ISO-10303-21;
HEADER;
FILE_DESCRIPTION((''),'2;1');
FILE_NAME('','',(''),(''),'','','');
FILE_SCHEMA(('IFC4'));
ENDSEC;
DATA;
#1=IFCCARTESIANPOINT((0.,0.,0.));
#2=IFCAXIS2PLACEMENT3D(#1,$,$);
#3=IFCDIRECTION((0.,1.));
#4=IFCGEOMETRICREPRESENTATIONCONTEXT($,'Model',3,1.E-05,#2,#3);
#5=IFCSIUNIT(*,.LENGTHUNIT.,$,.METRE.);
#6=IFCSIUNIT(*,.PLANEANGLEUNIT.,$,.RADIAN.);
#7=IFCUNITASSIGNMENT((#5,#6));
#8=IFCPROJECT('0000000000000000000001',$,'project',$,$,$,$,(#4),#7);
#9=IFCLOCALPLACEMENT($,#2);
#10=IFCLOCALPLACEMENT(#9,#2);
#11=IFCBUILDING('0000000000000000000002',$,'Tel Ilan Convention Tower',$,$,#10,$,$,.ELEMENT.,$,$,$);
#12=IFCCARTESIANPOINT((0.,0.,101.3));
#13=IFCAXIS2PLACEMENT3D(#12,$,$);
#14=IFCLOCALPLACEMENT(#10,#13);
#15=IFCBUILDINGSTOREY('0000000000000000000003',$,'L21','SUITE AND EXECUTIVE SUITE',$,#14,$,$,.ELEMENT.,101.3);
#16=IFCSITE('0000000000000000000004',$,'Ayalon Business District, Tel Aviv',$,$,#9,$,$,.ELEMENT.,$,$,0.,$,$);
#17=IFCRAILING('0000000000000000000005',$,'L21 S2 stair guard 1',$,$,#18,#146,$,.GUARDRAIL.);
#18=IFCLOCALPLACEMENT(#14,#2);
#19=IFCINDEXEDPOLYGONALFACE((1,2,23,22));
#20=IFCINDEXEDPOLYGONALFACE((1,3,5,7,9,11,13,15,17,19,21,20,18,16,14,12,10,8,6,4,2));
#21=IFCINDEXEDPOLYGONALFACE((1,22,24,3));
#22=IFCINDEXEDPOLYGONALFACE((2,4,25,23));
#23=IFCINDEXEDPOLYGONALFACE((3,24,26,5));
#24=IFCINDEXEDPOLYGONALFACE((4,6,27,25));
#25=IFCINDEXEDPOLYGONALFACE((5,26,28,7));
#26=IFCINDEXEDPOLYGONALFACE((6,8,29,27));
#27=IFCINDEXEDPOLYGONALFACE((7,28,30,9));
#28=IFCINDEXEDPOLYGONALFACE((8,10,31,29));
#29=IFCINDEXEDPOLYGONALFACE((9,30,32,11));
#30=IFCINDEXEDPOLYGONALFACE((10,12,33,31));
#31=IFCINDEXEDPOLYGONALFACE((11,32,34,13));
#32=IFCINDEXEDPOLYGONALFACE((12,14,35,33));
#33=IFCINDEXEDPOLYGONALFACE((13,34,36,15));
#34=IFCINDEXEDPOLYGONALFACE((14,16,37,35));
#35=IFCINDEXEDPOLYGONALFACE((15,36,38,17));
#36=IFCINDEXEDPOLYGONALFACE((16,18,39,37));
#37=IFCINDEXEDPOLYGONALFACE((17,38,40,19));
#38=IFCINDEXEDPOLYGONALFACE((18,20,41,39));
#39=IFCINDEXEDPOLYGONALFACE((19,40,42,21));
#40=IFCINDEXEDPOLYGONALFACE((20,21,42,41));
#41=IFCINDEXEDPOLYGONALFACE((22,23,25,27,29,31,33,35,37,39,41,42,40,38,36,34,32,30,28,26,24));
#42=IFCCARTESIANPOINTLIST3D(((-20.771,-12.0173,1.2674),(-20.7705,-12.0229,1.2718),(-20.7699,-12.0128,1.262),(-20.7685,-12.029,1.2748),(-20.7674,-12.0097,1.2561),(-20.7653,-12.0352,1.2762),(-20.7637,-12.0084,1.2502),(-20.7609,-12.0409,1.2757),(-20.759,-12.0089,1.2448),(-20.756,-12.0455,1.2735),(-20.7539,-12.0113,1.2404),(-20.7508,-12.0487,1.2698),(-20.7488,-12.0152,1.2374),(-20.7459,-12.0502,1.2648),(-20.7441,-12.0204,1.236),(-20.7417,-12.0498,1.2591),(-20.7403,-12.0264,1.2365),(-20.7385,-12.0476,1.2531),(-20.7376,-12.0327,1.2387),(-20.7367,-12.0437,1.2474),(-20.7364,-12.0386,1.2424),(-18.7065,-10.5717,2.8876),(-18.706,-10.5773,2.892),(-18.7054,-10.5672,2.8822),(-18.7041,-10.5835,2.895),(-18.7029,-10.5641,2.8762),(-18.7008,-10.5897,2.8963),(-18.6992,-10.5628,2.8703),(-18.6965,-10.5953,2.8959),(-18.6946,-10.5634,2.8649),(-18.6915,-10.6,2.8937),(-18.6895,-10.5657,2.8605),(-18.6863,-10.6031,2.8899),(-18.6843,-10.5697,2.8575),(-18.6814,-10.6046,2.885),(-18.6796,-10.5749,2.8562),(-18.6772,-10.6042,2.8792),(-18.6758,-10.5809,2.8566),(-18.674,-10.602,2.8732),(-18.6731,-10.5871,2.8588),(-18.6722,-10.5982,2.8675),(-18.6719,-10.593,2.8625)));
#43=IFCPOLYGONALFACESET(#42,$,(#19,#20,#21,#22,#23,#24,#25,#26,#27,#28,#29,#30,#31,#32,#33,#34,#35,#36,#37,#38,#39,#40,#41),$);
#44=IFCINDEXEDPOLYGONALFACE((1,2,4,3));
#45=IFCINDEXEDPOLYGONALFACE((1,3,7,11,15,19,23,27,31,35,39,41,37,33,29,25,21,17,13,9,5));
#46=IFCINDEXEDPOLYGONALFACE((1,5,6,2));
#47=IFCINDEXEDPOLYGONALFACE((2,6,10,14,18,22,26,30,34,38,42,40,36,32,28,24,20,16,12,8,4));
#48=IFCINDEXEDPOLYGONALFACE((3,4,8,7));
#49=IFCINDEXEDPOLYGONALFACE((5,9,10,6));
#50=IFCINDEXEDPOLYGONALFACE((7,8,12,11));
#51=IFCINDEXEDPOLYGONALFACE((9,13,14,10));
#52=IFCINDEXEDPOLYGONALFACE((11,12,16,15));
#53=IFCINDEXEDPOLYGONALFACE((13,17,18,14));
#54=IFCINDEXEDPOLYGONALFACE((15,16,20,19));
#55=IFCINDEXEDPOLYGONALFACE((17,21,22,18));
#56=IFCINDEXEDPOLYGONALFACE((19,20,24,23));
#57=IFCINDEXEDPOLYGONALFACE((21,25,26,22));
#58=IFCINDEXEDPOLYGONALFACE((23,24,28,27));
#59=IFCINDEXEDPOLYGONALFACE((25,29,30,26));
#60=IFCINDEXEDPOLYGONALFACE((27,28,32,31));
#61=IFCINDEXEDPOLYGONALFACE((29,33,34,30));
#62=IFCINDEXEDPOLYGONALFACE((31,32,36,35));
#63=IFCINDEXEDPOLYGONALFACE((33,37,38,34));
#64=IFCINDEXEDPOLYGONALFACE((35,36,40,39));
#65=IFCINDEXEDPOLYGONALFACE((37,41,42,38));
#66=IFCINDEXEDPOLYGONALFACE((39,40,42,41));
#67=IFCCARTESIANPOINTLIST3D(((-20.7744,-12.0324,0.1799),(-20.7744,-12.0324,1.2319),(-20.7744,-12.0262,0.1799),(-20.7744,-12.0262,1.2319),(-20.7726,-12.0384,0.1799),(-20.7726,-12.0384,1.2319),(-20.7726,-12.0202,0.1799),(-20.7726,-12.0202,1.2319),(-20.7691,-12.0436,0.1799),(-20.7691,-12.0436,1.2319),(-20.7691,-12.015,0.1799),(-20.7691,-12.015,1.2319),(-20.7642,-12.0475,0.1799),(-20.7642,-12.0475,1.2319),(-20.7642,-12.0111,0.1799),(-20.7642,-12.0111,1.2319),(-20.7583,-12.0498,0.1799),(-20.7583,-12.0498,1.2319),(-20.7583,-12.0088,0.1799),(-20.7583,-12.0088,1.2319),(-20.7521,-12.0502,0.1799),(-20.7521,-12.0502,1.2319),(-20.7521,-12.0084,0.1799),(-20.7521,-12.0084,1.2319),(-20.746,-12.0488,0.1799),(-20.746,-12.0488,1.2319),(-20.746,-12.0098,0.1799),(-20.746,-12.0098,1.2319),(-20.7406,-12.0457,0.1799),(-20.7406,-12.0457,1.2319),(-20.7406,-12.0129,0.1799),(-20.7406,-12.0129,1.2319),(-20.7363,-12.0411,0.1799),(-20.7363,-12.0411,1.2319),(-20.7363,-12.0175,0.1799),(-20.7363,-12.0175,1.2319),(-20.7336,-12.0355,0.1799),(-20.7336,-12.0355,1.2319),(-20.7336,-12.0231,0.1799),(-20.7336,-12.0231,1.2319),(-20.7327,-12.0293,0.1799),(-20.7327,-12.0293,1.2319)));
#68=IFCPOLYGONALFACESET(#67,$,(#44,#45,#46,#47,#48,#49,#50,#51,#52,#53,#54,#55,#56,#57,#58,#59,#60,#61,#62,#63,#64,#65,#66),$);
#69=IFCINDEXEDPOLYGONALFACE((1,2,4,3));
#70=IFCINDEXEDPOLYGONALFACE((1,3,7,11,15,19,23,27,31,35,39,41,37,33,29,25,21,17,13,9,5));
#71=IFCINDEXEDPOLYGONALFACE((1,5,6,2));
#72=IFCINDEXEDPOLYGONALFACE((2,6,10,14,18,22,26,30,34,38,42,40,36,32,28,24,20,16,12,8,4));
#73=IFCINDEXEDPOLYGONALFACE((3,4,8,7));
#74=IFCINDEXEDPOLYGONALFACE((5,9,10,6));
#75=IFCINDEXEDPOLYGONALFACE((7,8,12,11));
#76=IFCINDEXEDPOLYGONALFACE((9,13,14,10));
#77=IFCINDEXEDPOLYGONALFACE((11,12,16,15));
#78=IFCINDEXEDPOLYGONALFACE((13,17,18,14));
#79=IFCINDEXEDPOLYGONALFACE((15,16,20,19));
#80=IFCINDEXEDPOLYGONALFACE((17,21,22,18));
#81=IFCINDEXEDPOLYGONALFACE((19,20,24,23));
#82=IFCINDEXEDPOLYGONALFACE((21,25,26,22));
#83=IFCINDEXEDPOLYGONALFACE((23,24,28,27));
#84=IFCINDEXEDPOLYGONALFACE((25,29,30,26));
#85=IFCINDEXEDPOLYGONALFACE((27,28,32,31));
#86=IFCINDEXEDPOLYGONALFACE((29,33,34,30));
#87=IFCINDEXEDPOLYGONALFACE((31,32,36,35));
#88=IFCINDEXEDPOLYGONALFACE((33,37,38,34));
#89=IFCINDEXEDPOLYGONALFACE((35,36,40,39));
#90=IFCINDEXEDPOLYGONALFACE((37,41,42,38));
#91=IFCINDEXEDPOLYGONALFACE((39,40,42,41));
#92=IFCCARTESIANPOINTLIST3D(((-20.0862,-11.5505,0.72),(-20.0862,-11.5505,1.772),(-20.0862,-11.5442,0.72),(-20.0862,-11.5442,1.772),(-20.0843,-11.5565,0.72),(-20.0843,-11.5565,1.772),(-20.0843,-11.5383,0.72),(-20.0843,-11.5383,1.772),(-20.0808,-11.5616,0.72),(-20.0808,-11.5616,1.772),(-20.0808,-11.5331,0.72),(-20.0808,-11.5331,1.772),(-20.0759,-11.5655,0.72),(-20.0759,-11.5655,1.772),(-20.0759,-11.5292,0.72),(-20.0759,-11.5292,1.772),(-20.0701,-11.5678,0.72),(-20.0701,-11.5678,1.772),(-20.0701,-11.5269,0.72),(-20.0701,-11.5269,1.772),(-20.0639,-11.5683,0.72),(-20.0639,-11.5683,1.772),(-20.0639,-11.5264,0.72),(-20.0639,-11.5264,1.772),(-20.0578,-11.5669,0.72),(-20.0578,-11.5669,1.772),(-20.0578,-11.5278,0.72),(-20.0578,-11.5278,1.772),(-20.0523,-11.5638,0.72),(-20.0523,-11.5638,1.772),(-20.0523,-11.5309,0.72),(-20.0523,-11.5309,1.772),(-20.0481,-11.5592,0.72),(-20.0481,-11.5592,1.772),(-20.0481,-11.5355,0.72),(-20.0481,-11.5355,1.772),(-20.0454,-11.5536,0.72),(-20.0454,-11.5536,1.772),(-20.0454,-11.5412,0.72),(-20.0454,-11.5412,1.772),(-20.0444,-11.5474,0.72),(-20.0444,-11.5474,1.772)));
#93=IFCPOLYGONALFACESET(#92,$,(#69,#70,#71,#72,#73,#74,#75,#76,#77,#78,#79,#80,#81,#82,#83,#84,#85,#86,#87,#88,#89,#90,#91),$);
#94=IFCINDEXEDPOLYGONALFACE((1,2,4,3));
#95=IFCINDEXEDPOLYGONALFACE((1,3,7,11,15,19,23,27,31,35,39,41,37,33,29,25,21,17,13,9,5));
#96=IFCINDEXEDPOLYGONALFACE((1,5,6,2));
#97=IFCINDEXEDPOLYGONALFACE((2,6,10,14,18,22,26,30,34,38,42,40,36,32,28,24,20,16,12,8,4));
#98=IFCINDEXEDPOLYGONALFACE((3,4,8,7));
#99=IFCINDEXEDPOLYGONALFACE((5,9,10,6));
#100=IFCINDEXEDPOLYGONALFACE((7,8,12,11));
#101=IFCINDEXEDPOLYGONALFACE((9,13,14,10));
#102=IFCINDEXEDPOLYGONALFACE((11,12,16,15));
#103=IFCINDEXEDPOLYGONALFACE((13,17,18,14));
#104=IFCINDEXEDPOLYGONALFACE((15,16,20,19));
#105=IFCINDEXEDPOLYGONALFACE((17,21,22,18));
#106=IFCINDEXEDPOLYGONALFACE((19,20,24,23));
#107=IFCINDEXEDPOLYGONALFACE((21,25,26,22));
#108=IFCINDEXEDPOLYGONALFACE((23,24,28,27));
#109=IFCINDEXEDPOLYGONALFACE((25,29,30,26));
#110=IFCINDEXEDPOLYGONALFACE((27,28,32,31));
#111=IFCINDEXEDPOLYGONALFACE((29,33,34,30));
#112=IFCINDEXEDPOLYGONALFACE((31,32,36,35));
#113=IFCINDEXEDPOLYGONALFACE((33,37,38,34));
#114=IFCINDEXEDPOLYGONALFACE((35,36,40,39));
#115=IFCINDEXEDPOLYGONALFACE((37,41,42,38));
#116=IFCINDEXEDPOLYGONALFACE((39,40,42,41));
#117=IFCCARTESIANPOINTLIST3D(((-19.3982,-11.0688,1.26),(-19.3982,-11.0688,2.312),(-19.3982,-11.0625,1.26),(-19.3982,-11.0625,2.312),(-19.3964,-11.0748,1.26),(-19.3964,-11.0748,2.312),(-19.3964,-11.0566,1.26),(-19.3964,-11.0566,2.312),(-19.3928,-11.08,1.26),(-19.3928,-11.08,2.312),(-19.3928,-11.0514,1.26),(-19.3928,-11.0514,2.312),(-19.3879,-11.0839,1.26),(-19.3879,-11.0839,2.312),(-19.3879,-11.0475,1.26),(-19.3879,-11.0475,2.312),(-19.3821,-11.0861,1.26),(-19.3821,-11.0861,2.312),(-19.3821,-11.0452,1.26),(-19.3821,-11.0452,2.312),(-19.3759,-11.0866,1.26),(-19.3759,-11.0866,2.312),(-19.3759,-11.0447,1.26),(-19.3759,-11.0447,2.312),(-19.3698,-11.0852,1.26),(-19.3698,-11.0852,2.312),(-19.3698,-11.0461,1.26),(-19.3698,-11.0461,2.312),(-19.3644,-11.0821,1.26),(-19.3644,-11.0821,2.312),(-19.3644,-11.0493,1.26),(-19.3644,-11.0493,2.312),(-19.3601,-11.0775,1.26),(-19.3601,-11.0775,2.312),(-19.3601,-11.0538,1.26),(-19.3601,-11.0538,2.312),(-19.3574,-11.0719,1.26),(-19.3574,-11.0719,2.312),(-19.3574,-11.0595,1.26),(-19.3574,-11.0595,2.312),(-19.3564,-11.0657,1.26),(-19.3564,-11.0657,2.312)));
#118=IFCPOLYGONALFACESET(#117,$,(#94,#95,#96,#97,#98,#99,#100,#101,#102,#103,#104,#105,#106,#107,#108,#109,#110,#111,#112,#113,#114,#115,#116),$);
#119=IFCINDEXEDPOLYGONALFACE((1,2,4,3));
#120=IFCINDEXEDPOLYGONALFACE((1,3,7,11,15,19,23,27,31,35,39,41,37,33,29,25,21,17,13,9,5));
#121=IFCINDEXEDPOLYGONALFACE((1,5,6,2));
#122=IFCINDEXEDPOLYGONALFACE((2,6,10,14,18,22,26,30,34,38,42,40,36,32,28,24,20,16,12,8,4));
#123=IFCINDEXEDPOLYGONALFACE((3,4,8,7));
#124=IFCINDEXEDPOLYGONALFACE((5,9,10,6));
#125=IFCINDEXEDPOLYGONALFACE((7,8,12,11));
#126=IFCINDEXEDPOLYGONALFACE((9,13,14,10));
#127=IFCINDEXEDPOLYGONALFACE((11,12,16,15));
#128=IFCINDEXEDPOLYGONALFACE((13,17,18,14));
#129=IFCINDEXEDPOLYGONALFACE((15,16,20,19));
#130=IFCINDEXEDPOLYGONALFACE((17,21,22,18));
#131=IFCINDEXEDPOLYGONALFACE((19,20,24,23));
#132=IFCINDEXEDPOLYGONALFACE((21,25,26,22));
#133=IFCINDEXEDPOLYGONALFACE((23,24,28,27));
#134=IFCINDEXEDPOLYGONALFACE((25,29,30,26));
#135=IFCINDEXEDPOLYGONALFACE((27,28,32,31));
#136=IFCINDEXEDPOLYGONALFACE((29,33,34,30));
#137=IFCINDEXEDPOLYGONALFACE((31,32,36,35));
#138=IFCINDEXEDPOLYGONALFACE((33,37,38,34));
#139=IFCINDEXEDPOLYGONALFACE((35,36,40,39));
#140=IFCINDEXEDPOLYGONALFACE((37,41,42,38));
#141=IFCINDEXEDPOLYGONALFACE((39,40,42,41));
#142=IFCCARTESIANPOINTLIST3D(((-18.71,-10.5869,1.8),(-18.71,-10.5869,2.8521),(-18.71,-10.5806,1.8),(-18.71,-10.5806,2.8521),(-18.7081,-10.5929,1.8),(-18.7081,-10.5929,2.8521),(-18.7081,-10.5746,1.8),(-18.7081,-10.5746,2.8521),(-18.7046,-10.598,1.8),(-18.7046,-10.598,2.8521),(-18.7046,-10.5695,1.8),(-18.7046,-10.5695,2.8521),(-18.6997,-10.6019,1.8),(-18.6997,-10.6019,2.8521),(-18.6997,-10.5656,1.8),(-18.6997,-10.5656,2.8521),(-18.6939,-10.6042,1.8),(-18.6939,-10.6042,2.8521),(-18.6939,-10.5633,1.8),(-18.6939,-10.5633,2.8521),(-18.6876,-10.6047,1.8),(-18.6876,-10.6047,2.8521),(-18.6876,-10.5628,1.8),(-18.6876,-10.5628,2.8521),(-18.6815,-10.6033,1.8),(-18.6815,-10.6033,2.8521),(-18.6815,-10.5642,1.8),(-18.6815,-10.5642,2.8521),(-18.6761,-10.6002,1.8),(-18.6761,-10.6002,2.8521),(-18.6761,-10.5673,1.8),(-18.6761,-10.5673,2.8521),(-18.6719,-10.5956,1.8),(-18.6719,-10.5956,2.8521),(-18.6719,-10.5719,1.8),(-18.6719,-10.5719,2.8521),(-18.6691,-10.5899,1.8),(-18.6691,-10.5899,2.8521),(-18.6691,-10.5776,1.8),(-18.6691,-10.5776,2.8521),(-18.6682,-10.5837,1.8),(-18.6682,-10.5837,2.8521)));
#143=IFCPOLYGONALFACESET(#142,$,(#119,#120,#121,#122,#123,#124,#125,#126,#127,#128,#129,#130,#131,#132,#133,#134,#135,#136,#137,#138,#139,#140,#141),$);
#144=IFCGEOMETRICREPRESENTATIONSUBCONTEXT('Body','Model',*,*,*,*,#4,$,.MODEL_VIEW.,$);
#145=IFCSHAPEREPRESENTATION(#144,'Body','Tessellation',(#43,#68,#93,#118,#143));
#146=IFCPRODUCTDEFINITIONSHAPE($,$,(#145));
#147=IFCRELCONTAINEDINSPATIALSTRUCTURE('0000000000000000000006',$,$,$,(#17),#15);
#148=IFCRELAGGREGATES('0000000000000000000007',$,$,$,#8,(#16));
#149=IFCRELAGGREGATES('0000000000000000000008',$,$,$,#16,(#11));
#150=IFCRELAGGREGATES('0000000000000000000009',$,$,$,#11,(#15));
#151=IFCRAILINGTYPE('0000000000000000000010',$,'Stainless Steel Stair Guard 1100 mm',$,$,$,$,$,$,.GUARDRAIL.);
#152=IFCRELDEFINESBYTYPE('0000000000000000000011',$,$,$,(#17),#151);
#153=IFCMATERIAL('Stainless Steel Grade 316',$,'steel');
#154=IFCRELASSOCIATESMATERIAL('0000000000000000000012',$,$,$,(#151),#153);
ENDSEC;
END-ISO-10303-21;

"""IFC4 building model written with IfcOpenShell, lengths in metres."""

from ifc_helpers import new_model, si_unit, direction, frame, origin, origin_2d, place, context, subcontext, project, spatial, circle, extrude, material, type_object, element, save


model = new_model("IFC4")

# Units and contexts
model_context = context("Model", 3, precision=1e-05, world=origin(), true_north=direction((0.0, 1.0)))
body_context = subcontext(model_context, "Body", "Model", "MODEL_VIEW")
ifc_project = project(units=[si_unit("LENGTHUNIT", "METRE"), si_unit("PLANEANGLEUNIT", "RADIAN")], contexts=[model_context])

# Site, building, storey
site_placement = place(None, origin())
site = spatial("IfcSite", under=ifc_project, at=site_placement, Name="Ayalon Business District, Tel Aviv", CompositionType="ELEMENT", RefElevation=0.0)
building_placement = place(site_placement, origin())
building = spatial("IfcBuilding", under=site, at=building_placement, Name="Tel Ilan Convention Tower", CompositionType="ELEMENT")
storey_placement = place(building_placement, frame((0.0, 0.0, 101.3)))
storey = spatial("IfcBuildingStorey", under=building, at=storey_placement, Name="L21", Description="SUITE AND EXECUTIVE SUITE", CompositionType="ELEMENT", Elevation=101.3)

# Railing
ifc_material_1 = material(Name="Stainless Steel Grade 316", Category="steel")
railing_type_1 = type_object("IfcRailingType", Name="Stainless Steel Stair Guard 1100 mm", PredefinedType="GUARDRAIL", material=ifc_material_1)
railing_1_placement = place(storey_placement, frame((-20.7537, -12.0293, 0.1799)))
element("IfcRailing", 1, at=railing_1_placement, inside=storey, type_object=railing_type_1, Name="L21 S2 stair guard 1", PredefinedType="GUARDRAIL", context=body_context, shape_type="SweptSolid", body=[
    extrude(circle(Radius=0.0239, at=origin_2d()), frame((0.0, 0.0, 1.0762), z_axis=(0.689056, 0.482486, 0.540749), x_axis=(-0.573579, 0.81915, 0.0)), (0.0, 0.0, 1.0), 2.9961),
    extrude(circle(Radius=0.021, at=origin_2d()), origin(), (0.0, 0.0, 1.0), 1.052),
    extrude(circle(Radius=0.021, at=origin_2d()), frame((0.6882, 0.4819, 0.54)), (0.0, 0.0, 1.0), 1.052),
    extrude(circle(Radius=0.021, at=origin_2d()), frame((1.3762, 0.9636, 1.0801)), (0.0, 0.0, 1.0), 1.052),
    extrude(circle(Radius=0.021, at=origin_2d()), frame((2.0645, 1.4456, 1.6201)), (0.0, 0.0, 1.0), 1.052),
])

save(model, "model.ifc")
